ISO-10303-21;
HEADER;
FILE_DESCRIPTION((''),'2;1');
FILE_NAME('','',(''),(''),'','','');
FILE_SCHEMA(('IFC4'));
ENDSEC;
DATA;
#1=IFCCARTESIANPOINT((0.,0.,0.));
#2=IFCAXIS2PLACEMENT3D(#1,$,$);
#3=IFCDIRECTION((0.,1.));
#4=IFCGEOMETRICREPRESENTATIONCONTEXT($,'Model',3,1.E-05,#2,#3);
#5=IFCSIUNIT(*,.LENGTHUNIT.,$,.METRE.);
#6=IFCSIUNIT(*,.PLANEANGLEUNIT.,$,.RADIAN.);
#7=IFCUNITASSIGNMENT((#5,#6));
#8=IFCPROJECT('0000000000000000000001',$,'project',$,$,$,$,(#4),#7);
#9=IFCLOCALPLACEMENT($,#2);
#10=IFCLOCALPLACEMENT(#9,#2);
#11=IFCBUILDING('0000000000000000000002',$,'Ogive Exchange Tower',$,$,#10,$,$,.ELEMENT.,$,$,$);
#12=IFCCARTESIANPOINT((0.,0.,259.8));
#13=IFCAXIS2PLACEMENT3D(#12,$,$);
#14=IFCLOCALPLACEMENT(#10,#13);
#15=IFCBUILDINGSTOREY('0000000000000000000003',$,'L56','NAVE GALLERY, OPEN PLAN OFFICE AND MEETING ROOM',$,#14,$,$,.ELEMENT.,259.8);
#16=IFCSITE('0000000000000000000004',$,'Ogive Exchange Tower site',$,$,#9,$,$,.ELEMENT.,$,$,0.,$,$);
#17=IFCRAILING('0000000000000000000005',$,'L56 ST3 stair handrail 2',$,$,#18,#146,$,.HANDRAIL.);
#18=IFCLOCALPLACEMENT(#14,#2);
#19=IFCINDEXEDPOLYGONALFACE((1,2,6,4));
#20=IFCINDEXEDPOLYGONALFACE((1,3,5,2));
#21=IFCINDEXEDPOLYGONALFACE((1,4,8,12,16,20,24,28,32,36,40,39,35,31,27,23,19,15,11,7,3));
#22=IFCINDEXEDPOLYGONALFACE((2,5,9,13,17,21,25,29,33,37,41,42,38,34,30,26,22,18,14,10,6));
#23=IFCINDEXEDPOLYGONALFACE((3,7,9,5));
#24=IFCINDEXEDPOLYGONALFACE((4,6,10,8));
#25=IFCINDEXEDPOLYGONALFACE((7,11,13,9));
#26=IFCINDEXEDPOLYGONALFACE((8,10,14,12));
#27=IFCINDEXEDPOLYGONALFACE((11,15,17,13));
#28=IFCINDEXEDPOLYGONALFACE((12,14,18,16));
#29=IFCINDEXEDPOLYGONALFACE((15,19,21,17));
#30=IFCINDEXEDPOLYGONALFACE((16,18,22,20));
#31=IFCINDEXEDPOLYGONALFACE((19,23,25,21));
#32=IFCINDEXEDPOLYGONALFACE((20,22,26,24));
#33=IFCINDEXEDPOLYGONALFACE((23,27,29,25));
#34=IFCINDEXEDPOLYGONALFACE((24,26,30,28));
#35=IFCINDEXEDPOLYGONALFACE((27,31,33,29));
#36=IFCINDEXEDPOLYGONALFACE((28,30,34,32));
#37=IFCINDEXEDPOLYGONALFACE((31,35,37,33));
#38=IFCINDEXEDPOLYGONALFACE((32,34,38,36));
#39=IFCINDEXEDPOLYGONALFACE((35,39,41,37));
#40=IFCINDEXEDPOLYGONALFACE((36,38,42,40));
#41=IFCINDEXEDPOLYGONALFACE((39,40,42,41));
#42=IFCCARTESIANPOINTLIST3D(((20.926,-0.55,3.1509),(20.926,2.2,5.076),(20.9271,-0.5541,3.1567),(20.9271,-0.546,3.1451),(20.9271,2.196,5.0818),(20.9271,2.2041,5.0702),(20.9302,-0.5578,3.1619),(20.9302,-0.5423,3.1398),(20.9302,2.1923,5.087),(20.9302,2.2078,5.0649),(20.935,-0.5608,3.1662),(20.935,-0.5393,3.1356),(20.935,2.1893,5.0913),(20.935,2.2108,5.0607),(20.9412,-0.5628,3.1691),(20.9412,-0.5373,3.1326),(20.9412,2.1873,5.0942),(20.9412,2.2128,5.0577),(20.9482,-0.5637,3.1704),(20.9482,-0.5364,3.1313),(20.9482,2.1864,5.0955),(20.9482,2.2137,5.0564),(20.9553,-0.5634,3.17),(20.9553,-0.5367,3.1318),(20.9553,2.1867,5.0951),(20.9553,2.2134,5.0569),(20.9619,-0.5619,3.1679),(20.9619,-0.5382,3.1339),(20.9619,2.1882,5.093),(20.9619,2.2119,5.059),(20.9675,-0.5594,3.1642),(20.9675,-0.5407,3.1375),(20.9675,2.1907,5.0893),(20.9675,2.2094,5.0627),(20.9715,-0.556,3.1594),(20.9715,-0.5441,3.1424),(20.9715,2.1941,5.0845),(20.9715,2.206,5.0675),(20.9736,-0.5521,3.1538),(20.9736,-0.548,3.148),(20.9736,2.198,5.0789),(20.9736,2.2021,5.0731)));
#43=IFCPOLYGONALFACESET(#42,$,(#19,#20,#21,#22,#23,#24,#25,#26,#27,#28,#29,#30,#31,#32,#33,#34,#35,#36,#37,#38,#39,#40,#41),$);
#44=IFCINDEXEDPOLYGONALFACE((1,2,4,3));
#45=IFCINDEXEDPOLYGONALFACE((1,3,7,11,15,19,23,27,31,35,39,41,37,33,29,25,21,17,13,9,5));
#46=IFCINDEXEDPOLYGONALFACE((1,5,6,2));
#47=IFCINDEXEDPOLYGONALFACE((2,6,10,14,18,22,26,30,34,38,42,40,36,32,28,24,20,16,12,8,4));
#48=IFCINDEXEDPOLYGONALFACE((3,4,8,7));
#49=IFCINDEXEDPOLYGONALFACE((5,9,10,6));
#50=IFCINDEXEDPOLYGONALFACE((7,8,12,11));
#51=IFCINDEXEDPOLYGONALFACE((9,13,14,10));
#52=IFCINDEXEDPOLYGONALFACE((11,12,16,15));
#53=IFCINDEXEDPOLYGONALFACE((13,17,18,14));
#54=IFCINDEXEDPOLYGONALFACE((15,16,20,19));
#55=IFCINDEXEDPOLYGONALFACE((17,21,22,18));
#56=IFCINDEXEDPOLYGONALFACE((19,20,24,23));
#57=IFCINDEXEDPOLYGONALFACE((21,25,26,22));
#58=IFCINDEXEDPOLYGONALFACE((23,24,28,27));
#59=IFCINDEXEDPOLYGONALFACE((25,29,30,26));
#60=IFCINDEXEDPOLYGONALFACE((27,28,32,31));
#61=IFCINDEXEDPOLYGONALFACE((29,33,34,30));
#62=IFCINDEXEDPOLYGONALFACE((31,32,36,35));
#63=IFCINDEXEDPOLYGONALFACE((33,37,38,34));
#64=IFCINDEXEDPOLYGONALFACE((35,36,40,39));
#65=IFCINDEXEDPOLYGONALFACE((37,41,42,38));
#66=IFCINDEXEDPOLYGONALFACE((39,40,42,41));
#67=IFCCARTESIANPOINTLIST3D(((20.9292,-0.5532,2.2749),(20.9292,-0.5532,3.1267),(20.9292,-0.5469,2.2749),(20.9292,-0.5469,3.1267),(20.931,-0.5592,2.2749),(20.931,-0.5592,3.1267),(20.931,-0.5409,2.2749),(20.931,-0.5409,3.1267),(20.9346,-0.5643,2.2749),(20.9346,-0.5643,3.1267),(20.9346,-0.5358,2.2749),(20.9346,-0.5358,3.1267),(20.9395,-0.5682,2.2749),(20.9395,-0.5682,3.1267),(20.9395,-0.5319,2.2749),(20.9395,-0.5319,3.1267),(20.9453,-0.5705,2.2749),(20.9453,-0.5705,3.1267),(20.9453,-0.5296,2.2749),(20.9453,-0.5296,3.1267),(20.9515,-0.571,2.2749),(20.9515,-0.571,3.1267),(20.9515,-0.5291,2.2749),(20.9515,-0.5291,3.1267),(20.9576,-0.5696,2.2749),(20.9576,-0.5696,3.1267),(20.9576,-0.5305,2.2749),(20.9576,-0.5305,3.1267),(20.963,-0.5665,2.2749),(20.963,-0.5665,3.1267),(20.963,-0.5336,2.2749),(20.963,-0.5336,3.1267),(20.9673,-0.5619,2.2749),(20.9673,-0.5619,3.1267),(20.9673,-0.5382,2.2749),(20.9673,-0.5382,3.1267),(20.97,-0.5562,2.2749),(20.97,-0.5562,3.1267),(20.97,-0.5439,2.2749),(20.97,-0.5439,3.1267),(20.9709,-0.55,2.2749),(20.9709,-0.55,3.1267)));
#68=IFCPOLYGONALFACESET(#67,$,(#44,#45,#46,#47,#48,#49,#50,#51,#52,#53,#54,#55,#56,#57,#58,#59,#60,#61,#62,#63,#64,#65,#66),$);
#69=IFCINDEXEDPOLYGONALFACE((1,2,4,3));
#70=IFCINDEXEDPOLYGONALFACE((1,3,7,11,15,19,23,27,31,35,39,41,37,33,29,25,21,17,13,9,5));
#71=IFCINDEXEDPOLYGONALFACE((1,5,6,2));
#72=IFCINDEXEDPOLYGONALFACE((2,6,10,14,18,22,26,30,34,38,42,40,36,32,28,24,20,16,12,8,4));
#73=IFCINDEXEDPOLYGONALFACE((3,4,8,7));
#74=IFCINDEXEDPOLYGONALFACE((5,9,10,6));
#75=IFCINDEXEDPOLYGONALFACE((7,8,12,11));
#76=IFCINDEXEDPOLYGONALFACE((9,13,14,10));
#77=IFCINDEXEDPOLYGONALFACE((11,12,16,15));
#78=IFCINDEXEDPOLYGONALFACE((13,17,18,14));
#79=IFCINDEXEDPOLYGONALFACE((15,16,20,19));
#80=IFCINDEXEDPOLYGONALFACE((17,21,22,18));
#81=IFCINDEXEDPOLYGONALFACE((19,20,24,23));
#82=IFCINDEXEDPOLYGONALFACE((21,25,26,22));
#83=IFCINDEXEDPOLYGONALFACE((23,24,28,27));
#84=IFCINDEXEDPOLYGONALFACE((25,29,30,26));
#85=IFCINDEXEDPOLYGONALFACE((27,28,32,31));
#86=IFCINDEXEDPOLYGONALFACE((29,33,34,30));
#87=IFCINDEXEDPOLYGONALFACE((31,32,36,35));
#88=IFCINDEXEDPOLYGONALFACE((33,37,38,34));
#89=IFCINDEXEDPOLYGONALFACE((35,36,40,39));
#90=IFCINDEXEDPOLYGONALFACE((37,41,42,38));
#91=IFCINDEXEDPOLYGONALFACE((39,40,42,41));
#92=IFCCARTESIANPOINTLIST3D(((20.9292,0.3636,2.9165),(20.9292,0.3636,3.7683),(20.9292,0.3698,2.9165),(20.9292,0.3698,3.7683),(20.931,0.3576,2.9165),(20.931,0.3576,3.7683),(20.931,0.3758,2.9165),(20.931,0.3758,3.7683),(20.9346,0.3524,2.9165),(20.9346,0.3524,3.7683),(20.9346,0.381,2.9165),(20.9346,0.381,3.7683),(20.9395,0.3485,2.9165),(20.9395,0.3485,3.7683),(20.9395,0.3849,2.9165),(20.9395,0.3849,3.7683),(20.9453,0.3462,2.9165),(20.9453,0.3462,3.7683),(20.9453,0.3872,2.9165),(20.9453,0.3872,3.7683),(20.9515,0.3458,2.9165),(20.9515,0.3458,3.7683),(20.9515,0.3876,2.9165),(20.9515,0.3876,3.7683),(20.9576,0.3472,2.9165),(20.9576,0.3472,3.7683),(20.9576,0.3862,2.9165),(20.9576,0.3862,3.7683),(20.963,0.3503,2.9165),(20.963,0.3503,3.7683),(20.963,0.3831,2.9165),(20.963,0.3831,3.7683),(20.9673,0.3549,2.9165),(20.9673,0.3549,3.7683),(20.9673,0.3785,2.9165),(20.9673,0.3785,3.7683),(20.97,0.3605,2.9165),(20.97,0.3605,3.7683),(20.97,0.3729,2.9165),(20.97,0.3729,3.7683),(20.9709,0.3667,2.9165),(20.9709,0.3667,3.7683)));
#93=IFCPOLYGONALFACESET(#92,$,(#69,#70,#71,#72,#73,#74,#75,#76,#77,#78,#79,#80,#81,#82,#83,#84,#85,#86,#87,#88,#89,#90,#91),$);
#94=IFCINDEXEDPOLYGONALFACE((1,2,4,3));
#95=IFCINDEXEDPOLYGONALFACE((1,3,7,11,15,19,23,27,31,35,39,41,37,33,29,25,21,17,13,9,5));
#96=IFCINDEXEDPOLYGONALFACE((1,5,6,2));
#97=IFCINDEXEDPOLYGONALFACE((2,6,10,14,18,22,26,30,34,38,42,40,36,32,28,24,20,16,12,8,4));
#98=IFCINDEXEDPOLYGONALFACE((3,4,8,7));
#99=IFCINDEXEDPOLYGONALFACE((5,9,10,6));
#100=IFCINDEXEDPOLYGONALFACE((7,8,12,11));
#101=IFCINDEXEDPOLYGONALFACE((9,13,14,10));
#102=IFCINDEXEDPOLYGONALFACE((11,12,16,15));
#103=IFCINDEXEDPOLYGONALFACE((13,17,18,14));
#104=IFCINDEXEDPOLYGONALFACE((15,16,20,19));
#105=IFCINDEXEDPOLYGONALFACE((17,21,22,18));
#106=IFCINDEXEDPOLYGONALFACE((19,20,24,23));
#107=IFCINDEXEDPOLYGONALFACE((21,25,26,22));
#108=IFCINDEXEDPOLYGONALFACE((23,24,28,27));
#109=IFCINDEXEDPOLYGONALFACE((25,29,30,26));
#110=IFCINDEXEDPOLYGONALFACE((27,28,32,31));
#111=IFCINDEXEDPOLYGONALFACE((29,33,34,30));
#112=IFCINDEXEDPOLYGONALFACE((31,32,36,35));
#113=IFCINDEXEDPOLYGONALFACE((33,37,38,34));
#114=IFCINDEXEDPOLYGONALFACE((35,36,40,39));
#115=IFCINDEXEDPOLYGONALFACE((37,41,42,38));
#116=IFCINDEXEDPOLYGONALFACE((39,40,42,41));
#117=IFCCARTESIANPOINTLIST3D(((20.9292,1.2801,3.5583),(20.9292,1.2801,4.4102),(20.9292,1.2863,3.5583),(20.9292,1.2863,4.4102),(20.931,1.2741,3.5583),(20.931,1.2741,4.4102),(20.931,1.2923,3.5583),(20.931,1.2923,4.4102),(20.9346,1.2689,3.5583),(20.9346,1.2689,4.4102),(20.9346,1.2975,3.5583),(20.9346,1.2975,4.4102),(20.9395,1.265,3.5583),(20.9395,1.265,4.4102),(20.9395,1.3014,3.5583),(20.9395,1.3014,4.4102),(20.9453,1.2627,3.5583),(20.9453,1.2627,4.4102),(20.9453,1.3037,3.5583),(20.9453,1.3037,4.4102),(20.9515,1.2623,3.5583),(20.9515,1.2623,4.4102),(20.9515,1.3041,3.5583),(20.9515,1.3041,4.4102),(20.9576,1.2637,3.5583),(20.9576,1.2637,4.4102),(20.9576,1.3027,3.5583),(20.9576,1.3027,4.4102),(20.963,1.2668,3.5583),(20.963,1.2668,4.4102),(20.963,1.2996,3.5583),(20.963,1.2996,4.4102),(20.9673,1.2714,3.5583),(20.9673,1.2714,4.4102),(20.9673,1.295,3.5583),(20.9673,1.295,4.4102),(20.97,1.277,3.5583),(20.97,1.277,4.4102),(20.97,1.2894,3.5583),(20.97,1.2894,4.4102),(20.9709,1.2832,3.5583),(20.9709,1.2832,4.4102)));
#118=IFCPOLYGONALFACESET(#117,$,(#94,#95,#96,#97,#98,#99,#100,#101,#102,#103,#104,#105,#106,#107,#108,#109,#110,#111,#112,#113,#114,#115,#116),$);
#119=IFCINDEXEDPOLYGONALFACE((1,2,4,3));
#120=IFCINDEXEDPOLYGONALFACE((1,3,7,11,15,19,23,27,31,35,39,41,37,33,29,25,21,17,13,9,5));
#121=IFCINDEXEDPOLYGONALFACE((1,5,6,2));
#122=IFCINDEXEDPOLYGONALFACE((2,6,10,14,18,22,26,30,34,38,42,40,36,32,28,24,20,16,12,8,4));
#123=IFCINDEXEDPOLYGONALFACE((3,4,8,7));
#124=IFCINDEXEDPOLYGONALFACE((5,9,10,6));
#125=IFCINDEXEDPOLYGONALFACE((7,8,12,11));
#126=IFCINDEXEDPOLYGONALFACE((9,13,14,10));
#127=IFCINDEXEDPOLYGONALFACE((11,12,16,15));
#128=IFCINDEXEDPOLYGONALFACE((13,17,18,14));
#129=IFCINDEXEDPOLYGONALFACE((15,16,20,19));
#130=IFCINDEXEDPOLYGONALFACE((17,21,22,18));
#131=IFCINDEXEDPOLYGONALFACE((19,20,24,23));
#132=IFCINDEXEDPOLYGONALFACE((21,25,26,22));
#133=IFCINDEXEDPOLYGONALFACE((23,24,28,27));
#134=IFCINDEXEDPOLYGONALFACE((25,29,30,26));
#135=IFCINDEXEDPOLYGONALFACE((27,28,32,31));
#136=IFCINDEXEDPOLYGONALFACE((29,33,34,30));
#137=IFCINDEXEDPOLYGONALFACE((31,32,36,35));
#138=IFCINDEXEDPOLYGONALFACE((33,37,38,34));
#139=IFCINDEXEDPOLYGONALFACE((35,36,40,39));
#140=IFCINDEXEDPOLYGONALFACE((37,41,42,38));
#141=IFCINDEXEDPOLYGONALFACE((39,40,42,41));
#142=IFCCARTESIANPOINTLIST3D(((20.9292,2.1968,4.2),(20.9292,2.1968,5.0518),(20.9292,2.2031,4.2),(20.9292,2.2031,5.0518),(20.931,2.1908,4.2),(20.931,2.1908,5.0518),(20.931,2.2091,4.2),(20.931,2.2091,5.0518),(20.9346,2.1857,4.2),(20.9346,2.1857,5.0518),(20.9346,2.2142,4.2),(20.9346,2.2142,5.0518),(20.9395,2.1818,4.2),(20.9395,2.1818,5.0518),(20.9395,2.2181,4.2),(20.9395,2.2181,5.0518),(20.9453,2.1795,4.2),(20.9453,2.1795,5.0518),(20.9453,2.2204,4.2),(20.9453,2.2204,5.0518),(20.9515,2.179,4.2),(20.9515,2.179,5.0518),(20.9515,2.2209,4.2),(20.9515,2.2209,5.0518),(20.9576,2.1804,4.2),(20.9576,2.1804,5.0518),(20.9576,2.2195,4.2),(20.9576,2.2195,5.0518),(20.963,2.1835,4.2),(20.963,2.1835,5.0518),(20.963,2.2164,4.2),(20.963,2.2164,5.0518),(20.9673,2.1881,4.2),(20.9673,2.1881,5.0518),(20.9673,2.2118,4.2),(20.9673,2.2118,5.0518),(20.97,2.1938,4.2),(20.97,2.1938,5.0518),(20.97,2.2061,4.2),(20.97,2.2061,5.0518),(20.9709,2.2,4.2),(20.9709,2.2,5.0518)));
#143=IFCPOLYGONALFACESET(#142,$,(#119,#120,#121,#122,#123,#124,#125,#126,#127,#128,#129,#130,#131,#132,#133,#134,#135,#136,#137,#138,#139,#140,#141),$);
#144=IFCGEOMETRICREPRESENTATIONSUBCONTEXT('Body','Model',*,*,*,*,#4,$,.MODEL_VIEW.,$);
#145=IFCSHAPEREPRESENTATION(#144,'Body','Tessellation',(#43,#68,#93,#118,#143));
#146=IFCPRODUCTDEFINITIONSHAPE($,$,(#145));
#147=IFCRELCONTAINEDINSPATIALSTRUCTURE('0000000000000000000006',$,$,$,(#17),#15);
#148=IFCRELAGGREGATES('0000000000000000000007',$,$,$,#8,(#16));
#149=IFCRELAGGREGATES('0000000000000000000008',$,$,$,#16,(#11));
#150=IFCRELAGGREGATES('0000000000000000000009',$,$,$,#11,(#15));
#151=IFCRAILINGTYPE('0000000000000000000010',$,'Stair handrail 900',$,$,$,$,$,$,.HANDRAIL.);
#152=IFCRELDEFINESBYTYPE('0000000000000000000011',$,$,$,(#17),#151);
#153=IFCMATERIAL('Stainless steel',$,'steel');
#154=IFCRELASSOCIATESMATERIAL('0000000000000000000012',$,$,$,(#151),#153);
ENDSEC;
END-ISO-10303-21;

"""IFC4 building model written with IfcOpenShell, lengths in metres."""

from ifc_helpers import new_model, si_unit, direction, frame, origin, origin_2d, place, context, subcontext, project, spatial, circle, extrude, material, type_object, element, save


model = new_model("IFC4")

# Units and contexts
model_context = context("Model", 3, precision=1e-05, world=origin(), true_north=direction((0.0, 1.0)))
body_context = subcontext(model_context, "Body", "Model", "MODEL_VIEW")
ifc_project = project(units=[si_unit("LENGTHUNIT", "METRE"), si_unit("PLANEANGLEUNIT", "RADIAN")], contexts=[model_context])

# Site, building, storey
site_placement = place(None, origin())
site = spatial("IfcSite", under=ifc_project, at=site_placement, Name="Ogive Exchange Tower site", CompositionType="ELEMENT", RefElevation=0.0)
building_placement = place(site_placement, origin())
building = spatial("IfcBuilding", under=site, at=building_placement, Name="Ogive Exchange Tower", CompositionType="ELEMENT")
storey_placement = place(building_placement, frame((0.0, 0.0, 259.8)))
storey = spatial("IfcBuildingStorey", under=building, at=storey_placement, Name="L56", Description="NAVE GALLERY, OPEN PLAN OFFICE AND MEETING ROOM", CompositionType="ELEMENT", Elevation=259.8)

# Shared definitions
ifc_material_1 = material(Name="Stainless steel", Category="steel")

# Railing
railing_type = type_object("IfcRailingType", Name="Stair handrail 900", PredefinedType="HANDRAIL", material=ifc_material_1)
railing_1_placement = place(storey_placement, frame((20.95, -0.55, 2.2749)))
element("IfcRailing", 1, at=railing_1_placement, inside=storey, type_object=railing_type, Name="L56 ST3 stair handrail 2", PredefinedType="HANDRAIL", context=body_context, shape_type="SweptSolid", body=[
    extrude(circle(Radius=0.0239, at=origin_2d()), frame((0.0, 0.0, 0.876), z_axis=(0.0, 0.819225, 0.573472), x_axis=(-1.0, 0.0, 0.0)), (0.0, 0.0, 1.0), 3.3569),
    extrude(circle(Radius=0.021, at=origin_2d()), origin(), (0.0, 0.0, 1.0), 0.8518),
    extrude(circle(Radius=0.021, at=origin_2d()), frame((0.0, 0.9167, 0.6416)), (0.0, 0.0, 1.0), 0.8518),
    extrude(circle(Radius=0.021, at=origin_2d()), frame((0.0, 1.8333, 1.2834)), (0.0, 0.0, 1.0), 0.8518),
    extrude(circle(Radius=0.021, at=origin_2d()), frame((0.0, 2.75, 1.925)), (0.0, 0.0, 1.0), 0.8518),
])

save(model, "model.ifc")
